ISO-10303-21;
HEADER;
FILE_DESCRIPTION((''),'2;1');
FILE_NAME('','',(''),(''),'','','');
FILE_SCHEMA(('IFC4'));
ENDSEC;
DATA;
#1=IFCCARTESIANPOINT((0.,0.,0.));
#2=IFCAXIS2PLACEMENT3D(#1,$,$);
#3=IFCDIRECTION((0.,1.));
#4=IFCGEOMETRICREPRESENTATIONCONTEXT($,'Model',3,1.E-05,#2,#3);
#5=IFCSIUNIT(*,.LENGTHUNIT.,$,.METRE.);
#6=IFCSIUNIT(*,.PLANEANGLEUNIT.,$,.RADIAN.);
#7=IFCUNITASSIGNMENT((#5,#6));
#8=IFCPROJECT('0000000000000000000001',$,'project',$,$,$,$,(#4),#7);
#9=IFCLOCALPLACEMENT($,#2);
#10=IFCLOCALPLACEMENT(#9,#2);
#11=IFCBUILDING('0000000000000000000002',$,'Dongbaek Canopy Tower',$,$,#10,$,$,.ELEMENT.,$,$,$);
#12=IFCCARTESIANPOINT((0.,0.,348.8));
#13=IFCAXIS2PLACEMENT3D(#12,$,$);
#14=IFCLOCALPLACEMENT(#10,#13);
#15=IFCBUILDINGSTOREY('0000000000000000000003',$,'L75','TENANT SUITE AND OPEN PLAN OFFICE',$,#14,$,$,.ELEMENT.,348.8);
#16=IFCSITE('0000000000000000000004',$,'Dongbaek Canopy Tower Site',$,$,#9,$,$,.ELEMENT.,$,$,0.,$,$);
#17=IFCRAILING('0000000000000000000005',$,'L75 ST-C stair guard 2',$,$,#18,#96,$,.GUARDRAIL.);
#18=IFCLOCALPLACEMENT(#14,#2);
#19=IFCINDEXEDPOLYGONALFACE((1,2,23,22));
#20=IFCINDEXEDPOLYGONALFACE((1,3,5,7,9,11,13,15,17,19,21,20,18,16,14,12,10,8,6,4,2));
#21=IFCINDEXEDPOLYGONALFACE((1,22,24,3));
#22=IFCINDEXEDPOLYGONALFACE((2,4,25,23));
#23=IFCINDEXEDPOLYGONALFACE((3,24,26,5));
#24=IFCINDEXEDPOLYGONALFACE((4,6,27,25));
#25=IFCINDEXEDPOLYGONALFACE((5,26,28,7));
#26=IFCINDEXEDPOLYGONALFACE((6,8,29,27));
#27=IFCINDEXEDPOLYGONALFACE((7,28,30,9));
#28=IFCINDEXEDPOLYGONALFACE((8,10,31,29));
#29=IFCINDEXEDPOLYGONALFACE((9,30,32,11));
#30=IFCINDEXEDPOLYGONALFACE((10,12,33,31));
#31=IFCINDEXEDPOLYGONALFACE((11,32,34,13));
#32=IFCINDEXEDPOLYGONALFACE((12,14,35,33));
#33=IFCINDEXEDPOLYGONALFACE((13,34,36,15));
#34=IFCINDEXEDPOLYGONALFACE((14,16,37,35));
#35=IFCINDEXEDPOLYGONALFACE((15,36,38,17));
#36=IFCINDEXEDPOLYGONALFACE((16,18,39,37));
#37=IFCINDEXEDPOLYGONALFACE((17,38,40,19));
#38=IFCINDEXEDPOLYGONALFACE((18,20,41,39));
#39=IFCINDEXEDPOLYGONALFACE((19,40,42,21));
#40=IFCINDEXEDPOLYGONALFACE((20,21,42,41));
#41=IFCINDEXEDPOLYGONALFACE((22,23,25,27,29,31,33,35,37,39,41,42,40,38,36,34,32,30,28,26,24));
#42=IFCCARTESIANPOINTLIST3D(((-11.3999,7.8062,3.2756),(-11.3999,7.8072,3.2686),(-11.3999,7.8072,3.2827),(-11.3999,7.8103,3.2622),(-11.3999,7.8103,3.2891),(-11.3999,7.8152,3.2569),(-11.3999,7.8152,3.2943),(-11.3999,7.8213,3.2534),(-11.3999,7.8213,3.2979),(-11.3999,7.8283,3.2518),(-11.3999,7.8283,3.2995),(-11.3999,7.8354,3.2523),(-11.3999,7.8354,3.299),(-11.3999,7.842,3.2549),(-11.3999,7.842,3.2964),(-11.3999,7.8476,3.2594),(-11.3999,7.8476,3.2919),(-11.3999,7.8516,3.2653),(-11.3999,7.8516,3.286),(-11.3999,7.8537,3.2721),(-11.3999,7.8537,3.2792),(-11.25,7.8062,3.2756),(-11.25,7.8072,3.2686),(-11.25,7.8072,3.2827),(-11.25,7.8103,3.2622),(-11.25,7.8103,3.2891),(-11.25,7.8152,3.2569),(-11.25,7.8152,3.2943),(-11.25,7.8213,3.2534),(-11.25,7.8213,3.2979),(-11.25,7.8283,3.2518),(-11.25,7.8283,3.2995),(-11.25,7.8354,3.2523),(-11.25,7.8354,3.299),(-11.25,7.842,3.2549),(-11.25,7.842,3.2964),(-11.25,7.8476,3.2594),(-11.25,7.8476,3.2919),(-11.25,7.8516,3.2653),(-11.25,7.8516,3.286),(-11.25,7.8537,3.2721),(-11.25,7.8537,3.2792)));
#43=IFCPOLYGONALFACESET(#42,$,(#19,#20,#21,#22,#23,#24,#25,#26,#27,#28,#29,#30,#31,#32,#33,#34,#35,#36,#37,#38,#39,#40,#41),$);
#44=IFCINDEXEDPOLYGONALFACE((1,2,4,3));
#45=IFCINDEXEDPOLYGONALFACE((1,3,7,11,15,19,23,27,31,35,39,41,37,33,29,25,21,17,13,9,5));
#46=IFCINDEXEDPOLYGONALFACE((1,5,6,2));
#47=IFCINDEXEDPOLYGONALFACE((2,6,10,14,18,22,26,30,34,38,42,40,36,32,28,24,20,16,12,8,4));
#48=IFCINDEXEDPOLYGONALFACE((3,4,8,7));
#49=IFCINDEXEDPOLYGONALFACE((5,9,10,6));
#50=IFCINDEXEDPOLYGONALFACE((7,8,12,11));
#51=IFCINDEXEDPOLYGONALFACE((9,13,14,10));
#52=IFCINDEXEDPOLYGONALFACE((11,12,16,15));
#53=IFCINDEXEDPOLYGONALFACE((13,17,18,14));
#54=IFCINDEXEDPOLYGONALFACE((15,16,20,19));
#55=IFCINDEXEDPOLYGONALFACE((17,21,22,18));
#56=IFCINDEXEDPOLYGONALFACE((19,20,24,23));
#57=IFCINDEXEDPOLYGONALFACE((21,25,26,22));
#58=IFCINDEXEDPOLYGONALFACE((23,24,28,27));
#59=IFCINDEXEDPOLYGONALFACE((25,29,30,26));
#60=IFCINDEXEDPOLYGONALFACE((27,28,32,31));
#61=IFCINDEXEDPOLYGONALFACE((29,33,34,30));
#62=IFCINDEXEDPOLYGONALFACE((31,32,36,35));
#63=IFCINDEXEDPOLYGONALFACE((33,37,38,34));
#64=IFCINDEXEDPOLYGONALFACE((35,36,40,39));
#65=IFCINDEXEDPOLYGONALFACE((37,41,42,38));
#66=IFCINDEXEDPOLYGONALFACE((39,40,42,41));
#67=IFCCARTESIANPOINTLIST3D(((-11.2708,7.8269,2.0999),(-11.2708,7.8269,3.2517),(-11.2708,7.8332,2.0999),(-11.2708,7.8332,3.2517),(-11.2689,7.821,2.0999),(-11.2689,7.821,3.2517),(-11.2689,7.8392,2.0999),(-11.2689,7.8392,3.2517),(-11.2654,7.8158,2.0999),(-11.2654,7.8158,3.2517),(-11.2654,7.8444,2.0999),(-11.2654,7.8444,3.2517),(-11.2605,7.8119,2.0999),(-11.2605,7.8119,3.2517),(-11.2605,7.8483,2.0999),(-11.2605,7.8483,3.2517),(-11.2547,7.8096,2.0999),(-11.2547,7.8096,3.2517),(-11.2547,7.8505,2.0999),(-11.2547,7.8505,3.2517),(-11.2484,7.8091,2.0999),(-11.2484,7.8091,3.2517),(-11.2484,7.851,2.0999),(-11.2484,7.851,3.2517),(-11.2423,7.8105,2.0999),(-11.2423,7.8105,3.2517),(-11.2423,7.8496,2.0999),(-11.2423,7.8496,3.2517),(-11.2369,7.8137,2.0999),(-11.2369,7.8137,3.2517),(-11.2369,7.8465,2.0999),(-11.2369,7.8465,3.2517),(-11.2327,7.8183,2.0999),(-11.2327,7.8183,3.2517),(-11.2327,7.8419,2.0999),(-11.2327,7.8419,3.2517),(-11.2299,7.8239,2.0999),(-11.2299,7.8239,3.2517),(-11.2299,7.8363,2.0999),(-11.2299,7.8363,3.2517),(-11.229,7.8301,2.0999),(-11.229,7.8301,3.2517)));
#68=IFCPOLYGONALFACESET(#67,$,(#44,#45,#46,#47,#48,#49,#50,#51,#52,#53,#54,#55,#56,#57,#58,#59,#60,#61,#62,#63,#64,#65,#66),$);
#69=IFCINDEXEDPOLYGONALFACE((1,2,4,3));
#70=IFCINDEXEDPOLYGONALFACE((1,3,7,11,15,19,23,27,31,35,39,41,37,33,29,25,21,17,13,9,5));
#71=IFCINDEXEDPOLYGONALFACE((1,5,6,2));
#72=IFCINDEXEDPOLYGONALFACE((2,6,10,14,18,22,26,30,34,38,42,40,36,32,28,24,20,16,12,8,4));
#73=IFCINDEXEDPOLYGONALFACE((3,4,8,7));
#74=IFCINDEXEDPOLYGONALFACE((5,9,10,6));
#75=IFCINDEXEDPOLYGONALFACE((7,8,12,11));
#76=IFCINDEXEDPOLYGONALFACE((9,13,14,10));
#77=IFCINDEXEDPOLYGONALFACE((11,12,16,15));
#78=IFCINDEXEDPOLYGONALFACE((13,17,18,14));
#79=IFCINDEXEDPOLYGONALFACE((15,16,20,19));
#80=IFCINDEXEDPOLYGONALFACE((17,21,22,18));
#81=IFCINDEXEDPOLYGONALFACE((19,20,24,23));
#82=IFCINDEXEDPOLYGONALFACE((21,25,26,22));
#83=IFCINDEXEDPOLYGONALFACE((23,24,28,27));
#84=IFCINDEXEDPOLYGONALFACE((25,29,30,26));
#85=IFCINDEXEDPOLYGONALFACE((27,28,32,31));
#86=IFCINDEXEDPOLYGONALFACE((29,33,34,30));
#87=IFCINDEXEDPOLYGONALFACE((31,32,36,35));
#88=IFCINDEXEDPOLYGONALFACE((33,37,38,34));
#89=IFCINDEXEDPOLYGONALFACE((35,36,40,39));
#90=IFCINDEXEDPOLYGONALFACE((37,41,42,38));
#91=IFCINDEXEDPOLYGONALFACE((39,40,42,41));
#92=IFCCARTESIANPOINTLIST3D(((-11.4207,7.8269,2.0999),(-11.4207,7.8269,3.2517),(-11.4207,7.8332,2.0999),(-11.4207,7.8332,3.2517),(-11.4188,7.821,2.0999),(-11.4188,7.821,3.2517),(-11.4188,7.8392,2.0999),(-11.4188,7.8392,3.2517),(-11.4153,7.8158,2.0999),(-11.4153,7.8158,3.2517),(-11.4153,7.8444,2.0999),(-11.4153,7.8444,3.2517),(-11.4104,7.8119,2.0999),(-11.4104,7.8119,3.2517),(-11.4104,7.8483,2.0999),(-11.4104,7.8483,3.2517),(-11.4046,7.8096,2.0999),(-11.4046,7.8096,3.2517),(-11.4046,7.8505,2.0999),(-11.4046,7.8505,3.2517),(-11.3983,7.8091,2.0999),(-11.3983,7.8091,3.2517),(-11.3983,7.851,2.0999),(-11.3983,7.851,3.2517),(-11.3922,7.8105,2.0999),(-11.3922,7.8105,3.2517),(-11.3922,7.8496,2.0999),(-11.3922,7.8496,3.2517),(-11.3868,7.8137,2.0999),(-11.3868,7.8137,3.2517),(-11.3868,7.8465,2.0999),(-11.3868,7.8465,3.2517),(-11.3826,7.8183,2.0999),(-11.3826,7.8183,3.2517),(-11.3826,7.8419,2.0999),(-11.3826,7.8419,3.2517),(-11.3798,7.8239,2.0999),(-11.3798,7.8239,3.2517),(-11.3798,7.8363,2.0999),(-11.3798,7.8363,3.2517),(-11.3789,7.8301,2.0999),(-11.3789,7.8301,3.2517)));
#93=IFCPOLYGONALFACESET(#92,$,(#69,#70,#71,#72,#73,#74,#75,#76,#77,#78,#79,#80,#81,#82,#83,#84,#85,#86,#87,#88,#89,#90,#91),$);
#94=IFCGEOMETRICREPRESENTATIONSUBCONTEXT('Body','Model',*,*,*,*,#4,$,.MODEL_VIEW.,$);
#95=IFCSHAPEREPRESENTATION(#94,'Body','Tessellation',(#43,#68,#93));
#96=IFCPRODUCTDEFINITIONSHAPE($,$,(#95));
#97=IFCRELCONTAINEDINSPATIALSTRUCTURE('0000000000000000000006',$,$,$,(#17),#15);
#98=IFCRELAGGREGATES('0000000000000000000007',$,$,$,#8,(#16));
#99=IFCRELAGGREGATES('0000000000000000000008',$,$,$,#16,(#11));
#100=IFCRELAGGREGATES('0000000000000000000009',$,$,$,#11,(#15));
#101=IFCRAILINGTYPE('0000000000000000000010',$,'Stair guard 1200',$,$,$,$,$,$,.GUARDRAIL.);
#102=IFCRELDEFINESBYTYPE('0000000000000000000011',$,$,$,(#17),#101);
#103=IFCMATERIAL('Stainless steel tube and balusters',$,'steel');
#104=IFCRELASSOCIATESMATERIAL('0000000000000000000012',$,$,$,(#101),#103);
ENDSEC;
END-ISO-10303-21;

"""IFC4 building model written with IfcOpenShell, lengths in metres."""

from ifc_helpers import new_model, si_unit, direction, frame, origin, origin_2d, place, context, subcontext, project, spatial, circle, extrude, material, type_object, element, save


model = new_model("IFC4")

# Units and contexts
model_context = context("Model", 3, precision=1e-05, world=origin(), true_north=direction((0.0, 1.0)))
body_context = subcontext(model_context, "Body", "Model", "MODEL_VIEW")
ifc_project = project(units=[si_unit("LENGTHUNIT", "METRE"), si_unit("PLANEANGLEUNIT", "RADIAN")], contexts=[model_context])

# Site, building, storey
site_placement = place(None, origin())
site = spatial("IfcSite", under=ifc_project, at=site_placement, Name="Dongbaek Canopy Tower Site", CompositionType="ELEMENT", RefElevation=0.0)
building_placement = place(site_placement, origin())
building = spatial("IfcBuilding", under=site, at=building_placement, Name="Dongbaek Canopy Tower", CompositionType="ELEMENT")
storey_placement = place(building_placement, frame((0.0, 0.0, 348.8)))
storey = spatial("IfcBuildingStorey", under=building, at=storey_placement, Name="L75", Description="TENANT SUITE AND OPEN PLAN OFFICE", CompositionType="ELEMENT", Elevation=348.8)

# Railing
ifc_material_1 = material(Name="Stainless steel tube and balusters", Category="steel")
railing_type_1 = type_object("IfcRailingType", Name="Stair guard 1200", PredefinedType="GUARDRAIL", material=ifc_material_1)
railing_1_placement = place(storey_placement, frame((-11.25, 7.8301, 2.0999)))
element("IfcRailing", 1, at=railing_1_placement, inside=storey, type_object=railing_type_1, Name="L75 ST-C stair guard 2", PredefinedType="GUARDRAIL", context=body_context, shape_type="SweptSolid", body=[
    extrude(circle(Radius=0.0239, at=origin_2d()), frame((0.0, 0.0, 1.1758), z_axis=(-1.0, 0.0, 0.0), x_axis=(0.0, -1.0, 0.0)), (0.0, 0.0, 1.0), 0.1499),
    extrude(circle(Radius=0.021, at=origin_2d()), origin(), (0.0, 0.0, 1.0), 1.1519),
    extrude(circle(Radius=0.021, at=origin_2d()), frame((-0.1499, 0.0, 0.0)), (0.0, 0.0, 1.0), 1.1519),
])

save(model, "model.ifc")
